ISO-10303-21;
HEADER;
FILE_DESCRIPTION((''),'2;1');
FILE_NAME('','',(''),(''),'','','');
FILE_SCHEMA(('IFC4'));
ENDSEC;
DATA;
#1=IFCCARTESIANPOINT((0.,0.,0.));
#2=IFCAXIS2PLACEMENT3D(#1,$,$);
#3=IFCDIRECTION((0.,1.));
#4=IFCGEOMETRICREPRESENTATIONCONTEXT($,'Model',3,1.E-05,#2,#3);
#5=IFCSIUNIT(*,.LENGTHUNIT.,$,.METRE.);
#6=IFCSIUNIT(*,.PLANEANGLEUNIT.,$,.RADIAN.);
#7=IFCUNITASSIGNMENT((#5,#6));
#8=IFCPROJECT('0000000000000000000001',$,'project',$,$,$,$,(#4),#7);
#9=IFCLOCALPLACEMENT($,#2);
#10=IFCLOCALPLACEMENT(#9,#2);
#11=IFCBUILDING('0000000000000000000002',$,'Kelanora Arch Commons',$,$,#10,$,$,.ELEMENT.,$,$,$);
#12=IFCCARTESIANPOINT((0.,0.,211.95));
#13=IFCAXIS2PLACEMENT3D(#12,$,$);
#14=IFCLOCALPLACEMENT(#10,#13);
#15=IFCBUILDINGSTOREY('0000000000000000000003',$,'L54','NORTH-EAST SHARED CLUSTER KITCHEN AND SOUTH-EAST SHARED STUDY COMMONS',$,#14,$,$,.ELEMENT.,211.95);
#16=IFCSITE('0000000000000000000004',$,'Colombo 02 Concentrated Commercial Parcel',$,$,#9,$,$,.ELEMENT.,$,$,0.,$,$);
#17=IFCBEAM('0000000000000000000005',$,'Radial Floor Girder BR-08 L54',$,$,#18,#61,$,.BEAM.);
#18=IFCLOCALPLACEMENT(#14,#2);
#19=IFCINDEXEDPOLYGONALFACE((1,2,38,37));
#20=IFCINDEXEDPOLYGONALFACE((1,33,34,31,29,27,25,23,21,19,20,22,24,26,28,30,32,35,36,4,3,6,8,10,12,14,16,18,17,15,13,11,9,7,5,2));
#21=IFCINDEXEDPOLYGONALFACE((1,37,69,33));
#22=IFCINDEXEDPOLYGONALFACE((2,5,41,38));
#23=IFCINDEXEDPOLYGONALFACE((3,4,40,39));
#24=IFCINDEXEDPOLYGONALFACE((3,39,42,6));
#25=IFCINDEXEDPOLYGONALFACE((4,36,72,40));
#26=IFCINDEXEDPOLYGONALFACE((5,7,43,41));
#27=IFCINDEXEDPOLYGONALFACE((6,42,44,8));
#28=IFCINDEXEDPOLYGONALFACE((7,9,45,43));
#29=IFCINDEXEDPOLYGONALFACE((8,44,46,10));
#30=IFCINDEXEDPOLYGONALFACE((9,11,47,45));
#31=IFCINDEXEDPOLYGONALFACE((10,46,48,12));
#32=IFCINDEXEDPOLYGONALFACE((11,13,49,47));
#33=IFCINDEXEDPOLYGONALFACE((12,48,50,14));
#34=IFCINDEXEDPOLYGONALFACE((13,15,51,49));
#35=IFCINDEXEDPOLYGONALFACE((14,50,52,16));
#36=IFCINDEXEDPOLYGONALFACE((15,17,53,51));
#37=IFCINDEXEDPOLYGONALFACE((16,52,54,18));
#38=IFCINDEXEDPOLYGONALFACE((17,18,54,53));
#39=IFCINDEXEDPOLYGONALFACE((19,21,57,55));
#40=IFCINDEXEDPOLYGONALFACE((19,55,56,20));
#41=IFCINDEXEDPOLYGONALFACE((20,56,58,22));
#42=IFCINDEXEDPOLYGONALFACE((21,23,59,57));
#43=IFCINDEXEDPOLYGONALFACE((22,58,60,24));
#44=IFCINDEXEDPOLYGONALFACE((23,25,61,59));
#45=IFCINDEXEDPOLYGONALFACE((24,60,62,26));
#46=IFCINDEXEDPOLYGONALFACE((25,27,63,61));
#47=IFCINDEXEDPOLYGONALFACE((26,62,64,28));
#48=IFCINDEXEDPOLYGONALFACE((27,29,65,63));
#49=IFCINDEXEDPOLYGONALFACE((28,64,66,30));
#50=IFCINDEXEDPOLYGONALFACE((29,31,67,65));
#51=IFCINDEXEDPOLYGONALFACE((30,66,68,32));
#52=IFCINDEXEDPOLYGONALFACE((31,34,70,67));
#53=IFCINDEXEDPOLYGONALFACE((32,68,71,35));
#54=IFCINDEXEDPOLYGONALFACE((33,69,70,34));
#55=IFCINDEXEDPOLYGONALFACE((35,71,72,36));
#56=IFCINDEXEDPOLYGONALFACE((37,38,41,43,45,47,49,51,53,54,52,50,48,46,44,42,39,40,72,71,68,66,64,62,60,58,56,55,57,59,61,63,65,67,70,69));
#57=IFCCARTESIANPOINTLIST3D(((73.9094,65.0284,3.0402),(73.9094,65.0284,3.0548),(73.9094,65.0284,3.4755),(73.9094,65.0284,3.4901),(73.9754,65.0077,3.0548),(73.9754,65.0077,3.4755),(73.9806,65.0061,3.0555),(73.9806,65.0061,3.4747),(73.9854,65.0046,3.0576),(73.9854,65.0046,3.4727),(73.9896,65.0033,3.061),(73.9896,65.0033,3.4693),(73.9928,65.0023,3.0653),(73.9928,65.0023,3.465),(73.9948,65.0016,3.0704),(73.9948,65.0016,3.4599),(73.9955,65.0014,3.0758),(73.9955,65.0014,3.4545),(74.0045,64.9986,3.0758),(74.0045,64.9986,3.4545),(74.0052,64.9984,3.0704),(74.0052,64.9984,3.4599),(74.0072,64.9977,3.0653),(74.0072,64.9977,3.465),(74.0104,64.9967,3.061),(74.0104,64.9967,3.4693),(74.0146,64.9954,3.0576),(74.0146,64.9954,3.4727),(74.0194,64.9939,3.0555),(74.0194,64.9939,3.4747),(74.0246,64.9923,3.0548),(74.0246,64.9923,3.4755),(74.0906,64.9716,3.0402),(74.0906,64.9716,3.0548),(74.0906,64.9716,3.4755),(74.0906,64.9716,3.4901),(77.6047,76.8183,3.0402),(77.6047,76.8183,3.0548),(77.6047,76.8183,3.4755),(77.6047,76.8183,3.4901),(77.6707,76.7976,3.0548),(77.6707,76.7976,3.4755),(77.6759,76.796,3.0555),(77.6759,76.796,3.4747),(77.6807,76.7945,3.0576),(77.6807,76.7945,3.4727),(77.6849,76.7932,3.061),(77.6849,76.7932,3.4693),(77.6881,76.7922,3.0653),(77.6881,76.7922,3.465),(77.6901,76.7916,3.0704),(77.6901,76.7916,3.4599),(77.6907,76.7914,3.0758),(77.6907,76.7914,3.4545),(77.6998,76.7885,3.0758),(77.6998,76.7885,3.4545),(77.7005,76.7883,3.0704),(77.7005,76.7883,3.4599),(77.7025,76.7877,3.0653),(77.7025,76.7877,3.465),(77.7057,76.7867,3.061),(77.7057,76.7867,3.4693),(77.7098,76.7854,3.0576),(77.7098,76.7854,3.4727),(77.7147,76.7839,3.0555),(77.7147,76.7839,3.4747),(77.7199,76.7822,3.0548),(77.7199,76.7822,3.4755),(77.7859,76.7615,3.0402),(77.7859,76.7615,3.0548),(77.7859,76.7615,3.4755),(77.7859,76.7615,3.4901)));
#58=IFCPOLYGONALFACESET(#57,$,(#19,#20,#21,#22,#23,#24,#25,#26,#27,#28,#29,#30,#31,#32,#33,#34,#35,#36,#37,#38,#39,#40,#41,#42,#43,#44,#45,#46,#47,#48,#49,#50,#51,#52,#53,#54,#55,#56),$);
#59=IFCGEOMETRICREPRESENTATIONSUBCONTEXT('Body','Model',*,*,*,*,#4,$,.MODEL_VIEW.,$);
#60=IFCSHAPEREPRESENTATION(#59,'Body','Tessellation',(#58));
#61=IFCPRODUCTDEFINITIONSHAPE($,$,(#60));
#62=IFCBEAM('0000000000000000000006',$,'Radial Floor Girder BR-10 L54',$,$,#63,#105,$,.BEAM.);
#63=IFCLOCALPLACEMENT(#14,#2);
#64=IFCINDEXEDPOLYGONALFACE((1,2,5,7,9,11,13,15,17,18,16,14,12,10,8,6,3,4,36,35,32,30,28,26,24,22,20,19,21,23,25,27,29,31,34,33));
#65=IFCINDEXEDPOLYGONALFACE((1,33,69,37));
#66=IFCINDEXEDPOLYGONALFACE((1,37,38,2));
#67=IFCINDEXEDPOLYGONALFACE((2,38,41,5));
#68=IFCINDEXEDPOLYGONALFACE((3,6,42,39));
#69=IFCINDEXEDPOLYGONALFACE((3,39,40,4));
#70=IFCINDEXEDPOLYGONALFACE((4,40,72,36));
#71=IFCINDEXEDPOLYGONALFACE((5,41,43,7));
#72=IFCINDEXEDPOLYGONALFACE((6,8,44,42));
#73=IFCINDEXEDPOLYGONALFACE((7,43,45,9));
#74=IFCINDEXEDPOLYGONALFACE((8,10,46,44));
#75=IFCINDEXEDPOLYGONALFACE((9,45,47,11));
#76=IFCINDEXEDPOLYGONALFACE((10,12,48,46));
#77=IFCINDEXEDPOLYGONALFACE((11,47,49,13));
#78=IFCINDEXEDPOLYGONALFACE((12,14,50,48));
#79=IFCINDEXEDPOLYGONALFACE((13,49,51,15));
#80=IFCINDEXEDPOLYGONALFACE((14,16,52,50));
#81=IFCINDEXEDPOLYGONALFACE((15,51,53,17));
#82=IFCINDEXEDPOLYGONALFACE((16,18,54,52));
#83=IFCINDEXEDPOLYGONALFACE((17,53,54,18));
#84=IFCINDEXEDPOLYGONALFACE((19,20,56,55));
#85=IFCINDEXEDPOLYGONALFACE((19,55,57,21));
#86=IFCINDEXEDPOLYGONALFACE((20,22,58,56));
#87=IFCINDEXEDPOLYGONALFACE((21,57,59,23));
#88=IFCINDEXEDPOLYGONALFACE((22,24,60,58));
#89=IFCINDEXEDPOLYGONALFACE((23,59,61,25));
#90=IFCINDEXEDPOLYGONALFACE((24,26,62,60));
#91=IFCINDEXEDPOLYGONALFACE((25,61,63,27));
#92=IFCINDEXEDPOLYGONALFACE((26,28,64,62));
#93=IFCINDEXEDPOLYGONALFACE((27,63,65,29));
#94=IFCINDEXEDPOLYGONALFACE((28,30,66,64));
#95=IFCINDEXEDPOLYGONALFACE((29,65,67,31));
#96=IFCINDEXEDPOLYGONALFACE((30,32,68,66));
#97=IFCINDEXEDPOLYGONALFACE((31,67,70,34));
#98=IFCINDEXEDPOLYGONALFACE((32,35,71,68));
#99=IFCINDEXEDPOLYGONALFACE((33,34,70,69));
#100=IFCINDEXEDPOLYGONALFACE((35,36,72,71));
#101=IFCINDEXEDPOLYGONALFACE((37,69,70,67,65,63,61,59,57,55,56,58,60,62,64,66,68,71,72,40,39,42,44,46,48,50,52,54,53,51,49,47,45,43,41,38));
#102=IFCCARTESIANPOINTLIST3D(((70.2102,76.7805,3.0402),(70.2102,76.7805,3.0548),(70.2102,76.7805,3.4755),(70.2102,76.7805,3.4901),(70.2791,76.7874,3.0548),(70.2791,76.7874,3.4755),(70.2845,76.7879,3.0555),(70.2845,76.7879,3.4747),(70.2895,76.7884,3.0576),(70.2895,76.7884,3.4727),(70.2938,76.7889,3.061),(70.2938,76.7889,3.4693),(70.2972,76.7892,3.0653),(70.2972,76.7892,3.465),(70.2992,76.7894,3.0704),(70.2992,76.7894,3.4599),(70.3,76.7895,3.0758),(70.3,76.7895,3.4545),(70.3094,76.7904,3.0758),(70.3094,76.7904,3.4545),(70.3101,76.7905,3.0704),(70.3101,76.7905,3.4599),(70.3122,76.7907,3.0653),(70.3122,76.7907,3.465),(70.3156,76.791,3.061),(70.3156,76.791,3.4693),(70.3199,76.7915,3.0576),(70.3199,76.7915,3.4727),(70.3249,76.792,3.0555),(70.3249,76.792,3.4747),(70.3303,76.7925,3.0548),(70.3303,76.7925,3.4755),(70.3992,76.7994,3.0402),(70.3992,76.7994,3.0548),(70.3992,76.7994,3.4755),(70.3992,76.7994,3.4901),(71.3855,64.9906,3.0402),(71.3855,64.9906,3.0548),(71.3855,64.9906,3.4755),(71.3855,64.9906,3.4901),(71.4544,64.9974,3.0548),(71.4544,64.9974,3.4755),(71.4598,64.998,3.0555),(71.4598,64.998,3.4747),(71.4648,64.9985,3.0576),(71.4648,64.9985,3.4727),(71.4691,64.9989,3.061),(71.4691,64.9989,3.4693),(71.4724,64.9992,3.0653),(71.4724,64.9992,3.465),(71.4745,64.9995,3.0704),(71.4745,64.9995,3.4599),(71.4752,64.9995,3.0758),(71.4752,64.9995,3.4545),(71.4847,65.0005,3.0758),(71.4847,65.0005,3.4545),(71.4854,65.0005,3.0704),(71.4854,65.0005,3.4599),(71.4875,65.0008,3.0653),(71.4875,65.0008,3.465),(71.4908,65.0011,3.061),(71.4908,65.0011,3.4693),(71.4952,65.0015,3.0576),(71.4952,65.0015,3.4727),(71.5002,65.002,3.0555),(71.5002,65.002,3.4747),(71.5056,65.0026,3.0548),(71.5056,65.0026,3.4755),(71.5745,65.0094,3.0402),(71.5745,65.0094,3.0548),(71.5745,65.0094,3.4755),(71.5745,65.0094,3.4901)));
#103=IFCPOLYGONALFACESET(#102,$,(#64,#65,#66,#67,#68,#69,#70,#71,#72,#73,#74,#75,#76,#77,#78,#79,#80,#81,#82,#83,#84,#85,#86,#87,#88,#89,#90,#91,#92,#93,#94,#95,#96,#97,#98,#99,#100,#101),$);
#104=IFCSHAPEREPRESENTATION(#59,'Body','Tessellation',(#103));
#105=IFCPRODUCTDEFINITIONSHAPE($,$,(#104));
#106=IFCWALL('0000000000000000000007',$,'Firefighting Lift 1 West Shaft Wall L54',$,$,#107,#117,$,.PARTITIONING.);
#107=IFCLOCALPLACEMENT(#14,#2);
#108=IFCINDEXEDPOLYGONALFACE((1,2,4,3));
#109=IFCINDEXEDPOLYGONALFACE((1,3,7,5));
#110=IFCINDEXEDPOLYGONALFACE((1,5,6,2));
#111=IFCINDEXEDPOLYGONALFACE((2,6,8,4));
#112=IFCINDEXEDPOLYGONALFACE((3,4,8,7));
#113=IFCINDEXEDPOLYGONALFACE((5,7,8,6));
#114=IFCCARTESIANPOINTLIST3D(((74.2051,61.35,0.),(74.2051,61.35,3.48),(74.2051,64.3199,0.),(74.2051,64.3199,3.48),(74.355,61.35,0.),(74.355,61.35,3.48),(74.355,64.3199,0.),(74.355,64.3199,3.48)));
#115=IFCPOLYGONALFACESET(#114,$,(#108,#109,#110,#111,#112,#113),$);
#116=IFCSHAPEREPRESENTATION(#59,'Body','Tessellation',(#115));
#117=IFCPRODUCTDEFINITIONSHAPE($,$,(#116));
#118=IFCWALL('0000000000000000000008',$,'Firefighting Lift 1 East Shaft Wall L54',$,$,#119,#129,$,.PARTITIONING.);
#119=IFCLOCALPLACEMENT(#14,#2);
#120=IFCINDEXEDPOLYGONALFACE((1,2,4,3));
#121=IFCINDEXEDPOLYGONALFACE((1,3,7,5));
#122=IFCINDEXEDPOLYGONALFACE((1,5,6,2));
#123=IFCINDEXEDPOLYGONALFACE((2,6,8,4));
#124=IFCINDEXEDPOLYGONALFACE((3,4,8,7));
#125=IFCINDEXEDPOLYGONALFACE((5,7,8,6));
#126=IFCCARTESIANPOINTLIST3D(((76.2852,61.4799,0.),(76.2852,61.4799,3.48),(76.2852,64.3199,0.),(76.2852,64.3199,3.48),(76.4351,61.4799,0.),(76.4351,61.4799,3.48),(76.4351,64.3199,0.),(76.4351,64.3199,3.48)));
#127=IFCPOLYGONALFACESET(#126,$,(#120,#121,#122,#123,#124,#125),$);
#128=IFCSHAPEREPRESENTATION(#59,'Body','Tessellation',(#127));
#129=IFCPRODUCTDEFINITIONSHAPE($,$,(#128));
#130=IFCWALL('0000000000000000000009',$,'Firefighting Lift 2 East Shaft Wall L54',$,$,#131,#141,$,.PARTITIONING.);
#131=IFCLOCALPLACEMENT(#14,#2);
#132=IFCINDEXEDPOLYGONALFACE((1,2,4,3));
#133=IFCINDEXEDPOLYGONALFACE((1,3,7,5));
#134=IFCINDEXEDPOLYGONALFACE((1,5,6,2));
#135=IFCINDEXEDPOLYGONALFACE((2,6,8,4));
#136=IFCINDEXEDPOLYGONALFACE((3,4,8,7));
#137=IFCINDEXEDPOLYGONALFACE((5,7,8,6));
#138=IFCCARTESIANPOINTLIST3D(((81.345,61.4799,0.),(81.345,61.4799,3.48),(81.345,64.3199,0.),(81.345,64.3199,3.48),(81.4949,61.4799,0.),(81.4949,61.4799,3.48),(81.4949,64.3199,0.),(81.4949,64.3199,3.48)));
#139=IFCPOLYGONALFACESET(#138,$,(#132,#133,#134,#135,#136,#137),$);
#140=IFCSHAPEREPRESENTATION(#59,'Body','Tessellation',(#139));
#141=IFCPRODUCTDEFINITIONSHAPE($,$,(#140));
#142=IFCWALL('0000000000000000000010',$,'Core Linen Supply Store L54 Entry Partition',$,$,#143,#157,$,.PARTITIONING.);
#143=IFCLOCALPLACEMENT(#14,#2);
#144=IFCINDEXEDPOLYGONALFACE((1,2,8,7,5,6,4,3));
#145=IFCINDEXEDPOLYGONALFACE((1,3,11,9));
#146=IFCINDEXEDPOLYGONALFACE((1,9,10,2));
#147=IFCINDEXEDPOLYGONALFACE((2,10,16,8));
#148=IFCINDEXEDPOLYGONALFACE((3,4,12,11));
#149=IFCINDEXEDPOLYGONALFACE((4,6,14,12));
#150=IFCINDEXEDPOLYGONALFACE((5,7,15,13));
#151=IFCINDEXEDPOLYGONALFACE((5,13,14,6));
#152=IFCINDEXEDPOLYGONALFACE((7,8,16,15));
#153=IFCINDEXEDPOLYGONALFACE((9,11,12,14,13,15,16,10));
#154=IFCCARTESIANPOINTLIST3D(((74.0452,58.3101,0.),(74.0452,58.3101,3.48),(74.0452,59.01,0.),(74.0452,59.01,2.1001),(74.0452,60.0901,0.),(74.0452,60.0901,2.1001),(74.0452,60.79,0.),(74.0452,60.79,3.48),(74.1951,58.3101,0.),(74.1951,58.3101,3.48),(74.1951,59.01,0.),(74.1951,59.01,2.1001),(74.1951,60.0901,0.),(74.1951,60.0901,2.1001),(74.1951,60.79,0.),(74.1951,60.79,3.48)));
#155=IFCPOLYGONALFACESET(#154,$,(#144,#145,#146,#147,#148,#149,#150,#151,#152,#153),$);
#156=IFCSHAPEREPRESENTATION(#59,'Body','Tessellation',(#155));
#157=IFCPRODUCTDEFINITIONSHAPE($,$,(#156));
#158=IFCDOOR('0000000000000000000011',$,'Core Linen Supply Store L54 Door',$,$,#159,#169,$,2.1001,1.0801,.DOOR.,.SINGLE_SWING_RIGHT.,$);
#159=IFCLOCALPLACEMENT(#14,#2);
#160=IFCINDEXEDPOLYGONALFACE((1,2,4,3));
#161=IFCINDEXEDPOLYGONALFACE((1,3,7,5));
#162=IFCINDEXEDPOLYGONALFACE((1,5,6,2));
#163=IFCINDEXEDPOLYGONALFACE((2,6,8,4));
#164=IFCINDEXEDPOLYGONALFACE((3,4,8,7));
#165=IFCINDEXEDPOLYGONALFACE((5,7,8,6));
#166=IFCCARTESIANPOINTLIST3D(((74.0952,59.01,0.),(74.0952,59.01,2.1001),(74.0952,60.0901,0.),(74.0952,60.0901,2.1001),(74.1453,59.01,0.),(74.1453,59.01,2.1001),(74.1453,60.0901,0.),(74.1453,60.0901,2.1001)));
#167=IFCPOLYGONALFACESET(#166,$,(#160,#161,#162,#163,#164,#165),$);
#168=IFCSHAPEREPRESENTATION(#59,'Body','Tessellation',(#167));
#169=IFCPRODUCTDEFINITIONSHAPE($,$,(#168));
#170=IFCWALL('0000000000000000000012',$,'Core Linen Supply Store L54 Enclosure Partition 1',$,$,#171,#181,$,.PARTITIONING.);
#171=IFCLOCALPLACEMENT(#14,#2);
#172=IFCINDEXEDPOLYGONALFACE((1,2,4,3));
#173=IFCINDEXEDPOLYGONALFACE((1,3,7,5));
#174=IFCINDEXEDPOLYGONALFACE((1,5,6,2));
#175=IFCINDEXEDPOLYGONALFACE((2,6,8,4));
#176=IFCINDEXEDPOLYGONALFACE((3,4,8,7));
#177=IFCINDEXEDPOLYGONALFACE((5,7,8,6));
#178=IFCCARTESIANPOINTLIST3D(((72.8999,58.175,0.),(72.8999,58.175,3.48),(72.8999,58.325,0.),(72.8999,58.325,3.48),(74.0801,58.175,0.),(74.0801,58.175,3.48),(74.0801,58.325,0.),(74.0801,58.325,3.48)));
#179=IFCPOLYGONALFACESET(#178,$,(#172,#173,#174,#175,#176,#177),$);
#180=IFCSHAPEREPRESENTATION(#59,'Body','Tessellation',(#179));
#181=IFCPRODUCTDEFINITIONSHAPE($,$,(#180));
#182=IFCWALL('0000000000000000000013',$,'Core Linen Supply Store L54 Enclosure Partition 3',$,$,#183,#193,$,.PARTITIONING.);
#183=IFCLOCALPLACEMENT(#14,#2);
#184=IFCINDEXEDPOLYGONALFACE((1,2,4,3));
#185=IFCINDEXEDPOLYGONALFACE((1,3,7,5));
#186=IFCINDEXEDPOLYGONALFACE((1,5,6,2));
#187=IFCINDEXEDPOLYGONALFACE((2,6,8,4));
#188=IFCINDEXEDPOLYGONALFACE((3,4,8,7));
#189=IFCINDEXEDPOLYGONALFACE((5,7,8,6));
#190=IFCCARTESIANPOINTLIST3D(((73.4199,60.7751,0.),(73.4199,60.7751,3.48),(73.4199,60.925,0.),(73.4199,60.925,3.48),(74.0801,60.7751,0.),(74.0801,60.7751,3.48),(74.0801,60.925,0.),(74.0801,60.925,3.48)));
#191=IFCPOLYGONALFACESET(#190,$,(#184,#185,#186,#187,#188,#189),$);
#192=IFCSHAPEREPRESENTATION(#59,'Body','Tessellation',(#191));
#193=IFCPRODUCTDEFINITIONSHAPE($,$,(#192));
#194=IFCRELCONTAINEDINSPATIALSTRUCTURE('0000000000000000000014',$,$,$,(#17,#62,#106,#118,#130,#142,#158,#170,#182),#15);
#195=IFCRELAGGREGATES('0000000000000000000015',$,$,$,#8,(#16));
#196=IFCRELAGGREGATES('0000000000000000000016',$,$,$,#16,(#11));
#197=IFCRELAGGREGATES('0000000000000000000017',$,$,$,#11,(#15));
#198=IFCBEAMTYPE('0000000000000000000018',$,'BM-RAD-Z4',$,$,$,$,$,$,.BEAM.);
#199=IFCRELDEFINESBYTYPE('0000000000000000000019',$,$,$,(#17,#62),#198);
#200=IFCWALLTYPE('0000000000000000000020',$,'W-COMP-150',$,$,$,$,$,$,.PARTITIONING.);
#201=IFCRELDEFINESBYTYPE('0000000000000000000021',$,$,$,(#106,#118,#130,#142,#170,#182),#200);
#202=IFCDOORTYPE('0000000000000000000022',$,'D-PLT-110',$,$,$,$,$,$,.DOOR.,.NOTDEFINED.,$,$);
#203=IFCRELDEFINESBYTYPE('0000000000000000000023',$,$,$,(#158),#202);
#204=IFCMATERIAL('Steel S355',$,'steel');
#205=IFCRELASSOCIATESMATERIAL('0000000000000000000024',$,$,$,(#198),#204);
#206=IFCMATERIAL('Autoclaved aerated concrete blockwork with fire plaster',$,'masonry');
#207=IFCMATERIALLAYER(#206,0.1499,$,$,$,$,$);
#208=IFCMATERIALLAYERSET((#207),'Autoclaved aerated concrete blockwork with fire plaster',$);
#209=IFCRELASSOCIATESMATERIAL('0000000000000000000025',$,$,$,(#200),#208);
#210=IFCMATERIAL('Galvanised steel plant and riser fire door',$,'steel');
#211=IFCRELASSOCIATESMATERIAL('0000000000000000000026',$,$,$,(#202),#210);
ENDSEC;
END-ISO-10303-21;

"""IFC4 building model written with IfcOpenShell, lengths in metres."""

from ifc_helpers import new_model, si_unit, direction, frame, frame_2d, origin, origin_2d, place, context, subcontext, project, spatial, rectangle, i_section, extrude, material, layer, layer_set, material_profile, profile_set, type_object, element, fill, save


model = new_model("IFC4")

# Units and contexts
model_context = context("Model", 3, precision=1e-05, world=origin(), true_north=direction((0.0, 1.0)))
body_context = subcontext(model_context, "Body", "Model", "MODEL_VIEW")
ifc_project = project(units=[si_unit("LENGTHUNIT", "METRE"), si_unit("PLANEANGLEUNIT", "RADIAN")], contexts=[model_context])

# Site, building, storey
site_placement = place(None, origin())
site = spatial("IfcSite", under=ifc_project, at=site_placement, Name="Colombo 02 Concentrated Commercial Parcel", CompositionType="ELEMENT", RefElevation=0.0)
building_placement = place(site_placement, origin())
building = spatial("IfcBuilding", under=site, at=building_placement, Name="Kelanora Arch Commons", CompositionType="ELEMENT")
storey_placement = place(building_placement, frame((0.0, 0.0, 211.95)))
storey = spatial("IfcBuildingStorey", under=building, at=storey_placement, Name="L54", Description="NORTH-EAST SHARED CLUSTER KITCHEN AND SOUTH-EAST SHARED STUDY COMMONS", CompositionType="ELEMENT", Elevation=211.95)

# Beams
ifc_material_1 = material(Name="Steel S355", Category="steel")
ifc_material_profile_1 = material_profile(ifc_material_1, i_section(OverallWidth=0.1899, OverallDepth=0.45, WebThickness=0.0095, FlangeThickness=0.0146, FilletRadius=0.021, at=origin_2d()), Name="IPE450")
ifc_profile_set_1 = profile_set([ifc_material_profile_1], Name="Steel S355")
beam_type_1 = type_object("IfcBeamType", Name="BM-RAD-Z4", PredefinedType="BEAM", material=ifc_profile_set_1)
beam_1_placement = place(storey_placement, frame((74.0, 65.0, 3.2651), z_axis=(0.29908, 0.954228, 0.0), x_axis=(-0.954228, 0.29908, 0.0)))
element("IfcBeam", 1, at=beam_1_placement, inside=storey, type_object=beam_type_1, Name="Radial Floor Girder BR-08 L54", PredefinedType="BEAM", context=body_context, shape_type="SweptSolid", body=[
    extrude(i_section(OverallWidth=0.1899, OverallDepth=0.45, WebThickness=0.0095, FlangeThickness=0.0146, FilletRadius=0.021, at=origin_2d()), origin(), (0.0, 0.0, 1.0), 12.3555),
])
beam_2_placement = place(storey_placement, frame((71.48, 65.0, 3.2651), z_axis=(-0.099194, 0.995068, 0.0), x_axis=(-0.995068, -0.099194, 0.0)))
element("IfcBeam", 2, at=beam_2_placement, inside=storey, type_object=beam_type_1, Name="Radial Floor Girder BR-10 L54", PredefinedType="BEAM", context=body_context, shape_type="SweptSolid", body=[
    extrude(i_section(OverallWidth=0.1899, OverallDepth=0.45, WebThickness=0.0095, FlangeThickness=0.0146, FilletRadius=0.021, at=origin_2d()), origin(), (0.0, 0.0, 1.0), 11.8484),
])

# Walls
ifc_material_2 = material(Name="Autoclaved aerated concrete blockwork with fire plaster", Category="masonry")
ifc_layer_1 = layer(ifc_material_2, 0.1499)
ifc_layer_set_1 = layer_set([ifc_layer_1], Name="Autoclaved aerated concrete blockwork with fire plaster")
wall_type_1 = type_object("IfcWallType", Name="W-COMP-150", PredefinedType="PARTITIONING", material=ifc_layer_set_1)
wall_1_placement = place(storey_placement, frame((74.28, 61.3501, 0.0), z_axis=(0.0, 0.0, 1.0), x_axis=(0.0, 1.0, 0.0)))
element("IfcWall", 3, at=wall_1_placement, inside=storey, type_object=wall_type_1, Name="Firefighting Lift 1 West Shaft Wall L54", PredefinedType="PARTITIONING", context=body_context, shape_type="SweptSolid", body=[
    extrude(rectangle(XDim=2.97, YDim=0.1499, at=frame_2d((1.4849, 0.0))), origin(), (0.0, 0.0, 1.0), 3.48),
])
for number, where, z_axis, x_axis, name in (
    (4, (76.3601, 61.48, 0.0), (0.0, 0.0, 1.0), (0.0, 1.0, 0.0), "Firefighting Lift 1 East Shaft Wall L54"),
    (5, (81.4199, 61.48, 0.0), (0.0, 0.0, 1.0), (0.0, 1.0, 0.0), "Firefighting Lift 2 East Shaft Wall L54"),
):
    element("IfcWall", number, at=place(storey_placement, frame(where, z_axis=z_axis, x_axis=x_axis)), inside=storey, type_object=wall_type_1, Name=name, PredefinedType="PARTITIONING", context=body_context, shape_type="SweptSolid", body=[
        extrude(rectangle(XDim=2.8401, YDim=0.1499, at=frame_2d((1.4199, 0.0))), origin(), (0.0, 0.0, 1.0), 3.48),
    ])

# Wall, opening, door
wall_2_placement = place(storey_placement, frame((74.1201, 58.3101, 0.0), z_axis=(0.0, 0.0, 1.0), x_axis=(0.0, 1.0, 0.0)))
wall_2 = element("IfcWall", 6, at=wall_2_placement, inside=storey, type_object=wall_type_1, Name="Core Linen Supply Store L54 Entry Partition", PredefinedType="PARTITIONING", context=body_context, shape_type="SweptSolid", body=[
    extrude(rectangle(XDim=2.48, YDim=0.1499, at=frame_2d((1.24, 0.0))), origin(), (0.0, 0.0, 1.0), 3.48),
])
opening_1_placement = place(wall_2_placement, frame((0.7, 0.0, 0.0)))
opening_1 = element("IfcOpeningElement", 7, at=opening_1_placement, cuts=wall_2, PredefinedType="OPENING", context=body_context, shape_type="SweptSolid", body=[
    extrude(rectangle(XDim=1.0801, YDim=2.1001, at=frame_2d((0.54, 1.05))), frame((0.0, 0.085, 0.0), z_axis=(0.0, -1.0, 0.0), x_axis=(1.0, 0.0, 0.0)), (0.0, 0.0, 1.0), 0.1699),
])
ifc_material_3 = material(Name="Galvanised steel plant and riser fire door", Category="steel")
door_type_1 = type_object("IfcDoorType", Name="D-PLT-110", OperationType="NOTDEFINED", PredefinedType="DOOR", material=ifc_material_3)
door_1_placement = place(opening_1_placement, origin())
door_1 = element("IfcDoor", 8, at=door_1_placement, inside=storey, type_object=door_type_1, Name="Core Linen Supply Store L54 Door", OperationType="SINGLE_SWING_RIGHT", OverallHeight=2.1001, OverallWidth=1.0801, PredefinedType="DOOR", context=body_context, shape_type="SweptSolid", body=[
    extrude(rectangle(XDim=1.0801, YDim=2.1001, at=frame_2d((0.54, 1.05))), frame((0.0, 0.0249, 0.0), z_axis=(0.0, -1.0, 0.0), x_axis=(1.0, 0.0, 0.0)), (0.0, 0.0, 1.0), 0.05),
])
fill(opening_1, door_1)

# Walls
wall_3_placement = place(storey_placement, frame((72.8999, 58.25, 0.0), z_axis=(0.0, 0.0, 1.0), x_axis=(1.0, 0.0, 0.0)))
element("IfcWall", 9, at=wall_3_placement, inside=storey, type_object=wall_type_1, Name="Core Linen Supply Store L54 Enclosure Partition 1", PredefinedType="PARTITIONING", context=body_context, shape_type="SweptSolid", body=[
    extrude(rectangle(XDim=1.1802, YDim=0.1499, at=frame_2d((0.5901, 0.0))), origin(), (0.0, 0.0, 1.0), 3.48),
])
wall_4_placement = place(storey_placement, frame((74.0801, 60.8501, 0.0), z_axis=(0.0, 0.0, 1.0), x_axis=(-1.0, 0.0, 0.0)))
element("IfcWall", 10, at=wall_4_placement, inside=storey, type_object=wall_type_1, Name="Core Linen Supply Store L54 Enclosure Partition 3", PredefinedType="PARTITIONING", context=body_context, shape_type="SweptSolid", body=[
    extrude(rectangle(XDim=0.6602, YDim=0.1499, at=frame_2d((0.3301, 0.0))), origin(), (0.0, 0.0, 1.0), 3.48),
])

save(model, "model.ifc")
